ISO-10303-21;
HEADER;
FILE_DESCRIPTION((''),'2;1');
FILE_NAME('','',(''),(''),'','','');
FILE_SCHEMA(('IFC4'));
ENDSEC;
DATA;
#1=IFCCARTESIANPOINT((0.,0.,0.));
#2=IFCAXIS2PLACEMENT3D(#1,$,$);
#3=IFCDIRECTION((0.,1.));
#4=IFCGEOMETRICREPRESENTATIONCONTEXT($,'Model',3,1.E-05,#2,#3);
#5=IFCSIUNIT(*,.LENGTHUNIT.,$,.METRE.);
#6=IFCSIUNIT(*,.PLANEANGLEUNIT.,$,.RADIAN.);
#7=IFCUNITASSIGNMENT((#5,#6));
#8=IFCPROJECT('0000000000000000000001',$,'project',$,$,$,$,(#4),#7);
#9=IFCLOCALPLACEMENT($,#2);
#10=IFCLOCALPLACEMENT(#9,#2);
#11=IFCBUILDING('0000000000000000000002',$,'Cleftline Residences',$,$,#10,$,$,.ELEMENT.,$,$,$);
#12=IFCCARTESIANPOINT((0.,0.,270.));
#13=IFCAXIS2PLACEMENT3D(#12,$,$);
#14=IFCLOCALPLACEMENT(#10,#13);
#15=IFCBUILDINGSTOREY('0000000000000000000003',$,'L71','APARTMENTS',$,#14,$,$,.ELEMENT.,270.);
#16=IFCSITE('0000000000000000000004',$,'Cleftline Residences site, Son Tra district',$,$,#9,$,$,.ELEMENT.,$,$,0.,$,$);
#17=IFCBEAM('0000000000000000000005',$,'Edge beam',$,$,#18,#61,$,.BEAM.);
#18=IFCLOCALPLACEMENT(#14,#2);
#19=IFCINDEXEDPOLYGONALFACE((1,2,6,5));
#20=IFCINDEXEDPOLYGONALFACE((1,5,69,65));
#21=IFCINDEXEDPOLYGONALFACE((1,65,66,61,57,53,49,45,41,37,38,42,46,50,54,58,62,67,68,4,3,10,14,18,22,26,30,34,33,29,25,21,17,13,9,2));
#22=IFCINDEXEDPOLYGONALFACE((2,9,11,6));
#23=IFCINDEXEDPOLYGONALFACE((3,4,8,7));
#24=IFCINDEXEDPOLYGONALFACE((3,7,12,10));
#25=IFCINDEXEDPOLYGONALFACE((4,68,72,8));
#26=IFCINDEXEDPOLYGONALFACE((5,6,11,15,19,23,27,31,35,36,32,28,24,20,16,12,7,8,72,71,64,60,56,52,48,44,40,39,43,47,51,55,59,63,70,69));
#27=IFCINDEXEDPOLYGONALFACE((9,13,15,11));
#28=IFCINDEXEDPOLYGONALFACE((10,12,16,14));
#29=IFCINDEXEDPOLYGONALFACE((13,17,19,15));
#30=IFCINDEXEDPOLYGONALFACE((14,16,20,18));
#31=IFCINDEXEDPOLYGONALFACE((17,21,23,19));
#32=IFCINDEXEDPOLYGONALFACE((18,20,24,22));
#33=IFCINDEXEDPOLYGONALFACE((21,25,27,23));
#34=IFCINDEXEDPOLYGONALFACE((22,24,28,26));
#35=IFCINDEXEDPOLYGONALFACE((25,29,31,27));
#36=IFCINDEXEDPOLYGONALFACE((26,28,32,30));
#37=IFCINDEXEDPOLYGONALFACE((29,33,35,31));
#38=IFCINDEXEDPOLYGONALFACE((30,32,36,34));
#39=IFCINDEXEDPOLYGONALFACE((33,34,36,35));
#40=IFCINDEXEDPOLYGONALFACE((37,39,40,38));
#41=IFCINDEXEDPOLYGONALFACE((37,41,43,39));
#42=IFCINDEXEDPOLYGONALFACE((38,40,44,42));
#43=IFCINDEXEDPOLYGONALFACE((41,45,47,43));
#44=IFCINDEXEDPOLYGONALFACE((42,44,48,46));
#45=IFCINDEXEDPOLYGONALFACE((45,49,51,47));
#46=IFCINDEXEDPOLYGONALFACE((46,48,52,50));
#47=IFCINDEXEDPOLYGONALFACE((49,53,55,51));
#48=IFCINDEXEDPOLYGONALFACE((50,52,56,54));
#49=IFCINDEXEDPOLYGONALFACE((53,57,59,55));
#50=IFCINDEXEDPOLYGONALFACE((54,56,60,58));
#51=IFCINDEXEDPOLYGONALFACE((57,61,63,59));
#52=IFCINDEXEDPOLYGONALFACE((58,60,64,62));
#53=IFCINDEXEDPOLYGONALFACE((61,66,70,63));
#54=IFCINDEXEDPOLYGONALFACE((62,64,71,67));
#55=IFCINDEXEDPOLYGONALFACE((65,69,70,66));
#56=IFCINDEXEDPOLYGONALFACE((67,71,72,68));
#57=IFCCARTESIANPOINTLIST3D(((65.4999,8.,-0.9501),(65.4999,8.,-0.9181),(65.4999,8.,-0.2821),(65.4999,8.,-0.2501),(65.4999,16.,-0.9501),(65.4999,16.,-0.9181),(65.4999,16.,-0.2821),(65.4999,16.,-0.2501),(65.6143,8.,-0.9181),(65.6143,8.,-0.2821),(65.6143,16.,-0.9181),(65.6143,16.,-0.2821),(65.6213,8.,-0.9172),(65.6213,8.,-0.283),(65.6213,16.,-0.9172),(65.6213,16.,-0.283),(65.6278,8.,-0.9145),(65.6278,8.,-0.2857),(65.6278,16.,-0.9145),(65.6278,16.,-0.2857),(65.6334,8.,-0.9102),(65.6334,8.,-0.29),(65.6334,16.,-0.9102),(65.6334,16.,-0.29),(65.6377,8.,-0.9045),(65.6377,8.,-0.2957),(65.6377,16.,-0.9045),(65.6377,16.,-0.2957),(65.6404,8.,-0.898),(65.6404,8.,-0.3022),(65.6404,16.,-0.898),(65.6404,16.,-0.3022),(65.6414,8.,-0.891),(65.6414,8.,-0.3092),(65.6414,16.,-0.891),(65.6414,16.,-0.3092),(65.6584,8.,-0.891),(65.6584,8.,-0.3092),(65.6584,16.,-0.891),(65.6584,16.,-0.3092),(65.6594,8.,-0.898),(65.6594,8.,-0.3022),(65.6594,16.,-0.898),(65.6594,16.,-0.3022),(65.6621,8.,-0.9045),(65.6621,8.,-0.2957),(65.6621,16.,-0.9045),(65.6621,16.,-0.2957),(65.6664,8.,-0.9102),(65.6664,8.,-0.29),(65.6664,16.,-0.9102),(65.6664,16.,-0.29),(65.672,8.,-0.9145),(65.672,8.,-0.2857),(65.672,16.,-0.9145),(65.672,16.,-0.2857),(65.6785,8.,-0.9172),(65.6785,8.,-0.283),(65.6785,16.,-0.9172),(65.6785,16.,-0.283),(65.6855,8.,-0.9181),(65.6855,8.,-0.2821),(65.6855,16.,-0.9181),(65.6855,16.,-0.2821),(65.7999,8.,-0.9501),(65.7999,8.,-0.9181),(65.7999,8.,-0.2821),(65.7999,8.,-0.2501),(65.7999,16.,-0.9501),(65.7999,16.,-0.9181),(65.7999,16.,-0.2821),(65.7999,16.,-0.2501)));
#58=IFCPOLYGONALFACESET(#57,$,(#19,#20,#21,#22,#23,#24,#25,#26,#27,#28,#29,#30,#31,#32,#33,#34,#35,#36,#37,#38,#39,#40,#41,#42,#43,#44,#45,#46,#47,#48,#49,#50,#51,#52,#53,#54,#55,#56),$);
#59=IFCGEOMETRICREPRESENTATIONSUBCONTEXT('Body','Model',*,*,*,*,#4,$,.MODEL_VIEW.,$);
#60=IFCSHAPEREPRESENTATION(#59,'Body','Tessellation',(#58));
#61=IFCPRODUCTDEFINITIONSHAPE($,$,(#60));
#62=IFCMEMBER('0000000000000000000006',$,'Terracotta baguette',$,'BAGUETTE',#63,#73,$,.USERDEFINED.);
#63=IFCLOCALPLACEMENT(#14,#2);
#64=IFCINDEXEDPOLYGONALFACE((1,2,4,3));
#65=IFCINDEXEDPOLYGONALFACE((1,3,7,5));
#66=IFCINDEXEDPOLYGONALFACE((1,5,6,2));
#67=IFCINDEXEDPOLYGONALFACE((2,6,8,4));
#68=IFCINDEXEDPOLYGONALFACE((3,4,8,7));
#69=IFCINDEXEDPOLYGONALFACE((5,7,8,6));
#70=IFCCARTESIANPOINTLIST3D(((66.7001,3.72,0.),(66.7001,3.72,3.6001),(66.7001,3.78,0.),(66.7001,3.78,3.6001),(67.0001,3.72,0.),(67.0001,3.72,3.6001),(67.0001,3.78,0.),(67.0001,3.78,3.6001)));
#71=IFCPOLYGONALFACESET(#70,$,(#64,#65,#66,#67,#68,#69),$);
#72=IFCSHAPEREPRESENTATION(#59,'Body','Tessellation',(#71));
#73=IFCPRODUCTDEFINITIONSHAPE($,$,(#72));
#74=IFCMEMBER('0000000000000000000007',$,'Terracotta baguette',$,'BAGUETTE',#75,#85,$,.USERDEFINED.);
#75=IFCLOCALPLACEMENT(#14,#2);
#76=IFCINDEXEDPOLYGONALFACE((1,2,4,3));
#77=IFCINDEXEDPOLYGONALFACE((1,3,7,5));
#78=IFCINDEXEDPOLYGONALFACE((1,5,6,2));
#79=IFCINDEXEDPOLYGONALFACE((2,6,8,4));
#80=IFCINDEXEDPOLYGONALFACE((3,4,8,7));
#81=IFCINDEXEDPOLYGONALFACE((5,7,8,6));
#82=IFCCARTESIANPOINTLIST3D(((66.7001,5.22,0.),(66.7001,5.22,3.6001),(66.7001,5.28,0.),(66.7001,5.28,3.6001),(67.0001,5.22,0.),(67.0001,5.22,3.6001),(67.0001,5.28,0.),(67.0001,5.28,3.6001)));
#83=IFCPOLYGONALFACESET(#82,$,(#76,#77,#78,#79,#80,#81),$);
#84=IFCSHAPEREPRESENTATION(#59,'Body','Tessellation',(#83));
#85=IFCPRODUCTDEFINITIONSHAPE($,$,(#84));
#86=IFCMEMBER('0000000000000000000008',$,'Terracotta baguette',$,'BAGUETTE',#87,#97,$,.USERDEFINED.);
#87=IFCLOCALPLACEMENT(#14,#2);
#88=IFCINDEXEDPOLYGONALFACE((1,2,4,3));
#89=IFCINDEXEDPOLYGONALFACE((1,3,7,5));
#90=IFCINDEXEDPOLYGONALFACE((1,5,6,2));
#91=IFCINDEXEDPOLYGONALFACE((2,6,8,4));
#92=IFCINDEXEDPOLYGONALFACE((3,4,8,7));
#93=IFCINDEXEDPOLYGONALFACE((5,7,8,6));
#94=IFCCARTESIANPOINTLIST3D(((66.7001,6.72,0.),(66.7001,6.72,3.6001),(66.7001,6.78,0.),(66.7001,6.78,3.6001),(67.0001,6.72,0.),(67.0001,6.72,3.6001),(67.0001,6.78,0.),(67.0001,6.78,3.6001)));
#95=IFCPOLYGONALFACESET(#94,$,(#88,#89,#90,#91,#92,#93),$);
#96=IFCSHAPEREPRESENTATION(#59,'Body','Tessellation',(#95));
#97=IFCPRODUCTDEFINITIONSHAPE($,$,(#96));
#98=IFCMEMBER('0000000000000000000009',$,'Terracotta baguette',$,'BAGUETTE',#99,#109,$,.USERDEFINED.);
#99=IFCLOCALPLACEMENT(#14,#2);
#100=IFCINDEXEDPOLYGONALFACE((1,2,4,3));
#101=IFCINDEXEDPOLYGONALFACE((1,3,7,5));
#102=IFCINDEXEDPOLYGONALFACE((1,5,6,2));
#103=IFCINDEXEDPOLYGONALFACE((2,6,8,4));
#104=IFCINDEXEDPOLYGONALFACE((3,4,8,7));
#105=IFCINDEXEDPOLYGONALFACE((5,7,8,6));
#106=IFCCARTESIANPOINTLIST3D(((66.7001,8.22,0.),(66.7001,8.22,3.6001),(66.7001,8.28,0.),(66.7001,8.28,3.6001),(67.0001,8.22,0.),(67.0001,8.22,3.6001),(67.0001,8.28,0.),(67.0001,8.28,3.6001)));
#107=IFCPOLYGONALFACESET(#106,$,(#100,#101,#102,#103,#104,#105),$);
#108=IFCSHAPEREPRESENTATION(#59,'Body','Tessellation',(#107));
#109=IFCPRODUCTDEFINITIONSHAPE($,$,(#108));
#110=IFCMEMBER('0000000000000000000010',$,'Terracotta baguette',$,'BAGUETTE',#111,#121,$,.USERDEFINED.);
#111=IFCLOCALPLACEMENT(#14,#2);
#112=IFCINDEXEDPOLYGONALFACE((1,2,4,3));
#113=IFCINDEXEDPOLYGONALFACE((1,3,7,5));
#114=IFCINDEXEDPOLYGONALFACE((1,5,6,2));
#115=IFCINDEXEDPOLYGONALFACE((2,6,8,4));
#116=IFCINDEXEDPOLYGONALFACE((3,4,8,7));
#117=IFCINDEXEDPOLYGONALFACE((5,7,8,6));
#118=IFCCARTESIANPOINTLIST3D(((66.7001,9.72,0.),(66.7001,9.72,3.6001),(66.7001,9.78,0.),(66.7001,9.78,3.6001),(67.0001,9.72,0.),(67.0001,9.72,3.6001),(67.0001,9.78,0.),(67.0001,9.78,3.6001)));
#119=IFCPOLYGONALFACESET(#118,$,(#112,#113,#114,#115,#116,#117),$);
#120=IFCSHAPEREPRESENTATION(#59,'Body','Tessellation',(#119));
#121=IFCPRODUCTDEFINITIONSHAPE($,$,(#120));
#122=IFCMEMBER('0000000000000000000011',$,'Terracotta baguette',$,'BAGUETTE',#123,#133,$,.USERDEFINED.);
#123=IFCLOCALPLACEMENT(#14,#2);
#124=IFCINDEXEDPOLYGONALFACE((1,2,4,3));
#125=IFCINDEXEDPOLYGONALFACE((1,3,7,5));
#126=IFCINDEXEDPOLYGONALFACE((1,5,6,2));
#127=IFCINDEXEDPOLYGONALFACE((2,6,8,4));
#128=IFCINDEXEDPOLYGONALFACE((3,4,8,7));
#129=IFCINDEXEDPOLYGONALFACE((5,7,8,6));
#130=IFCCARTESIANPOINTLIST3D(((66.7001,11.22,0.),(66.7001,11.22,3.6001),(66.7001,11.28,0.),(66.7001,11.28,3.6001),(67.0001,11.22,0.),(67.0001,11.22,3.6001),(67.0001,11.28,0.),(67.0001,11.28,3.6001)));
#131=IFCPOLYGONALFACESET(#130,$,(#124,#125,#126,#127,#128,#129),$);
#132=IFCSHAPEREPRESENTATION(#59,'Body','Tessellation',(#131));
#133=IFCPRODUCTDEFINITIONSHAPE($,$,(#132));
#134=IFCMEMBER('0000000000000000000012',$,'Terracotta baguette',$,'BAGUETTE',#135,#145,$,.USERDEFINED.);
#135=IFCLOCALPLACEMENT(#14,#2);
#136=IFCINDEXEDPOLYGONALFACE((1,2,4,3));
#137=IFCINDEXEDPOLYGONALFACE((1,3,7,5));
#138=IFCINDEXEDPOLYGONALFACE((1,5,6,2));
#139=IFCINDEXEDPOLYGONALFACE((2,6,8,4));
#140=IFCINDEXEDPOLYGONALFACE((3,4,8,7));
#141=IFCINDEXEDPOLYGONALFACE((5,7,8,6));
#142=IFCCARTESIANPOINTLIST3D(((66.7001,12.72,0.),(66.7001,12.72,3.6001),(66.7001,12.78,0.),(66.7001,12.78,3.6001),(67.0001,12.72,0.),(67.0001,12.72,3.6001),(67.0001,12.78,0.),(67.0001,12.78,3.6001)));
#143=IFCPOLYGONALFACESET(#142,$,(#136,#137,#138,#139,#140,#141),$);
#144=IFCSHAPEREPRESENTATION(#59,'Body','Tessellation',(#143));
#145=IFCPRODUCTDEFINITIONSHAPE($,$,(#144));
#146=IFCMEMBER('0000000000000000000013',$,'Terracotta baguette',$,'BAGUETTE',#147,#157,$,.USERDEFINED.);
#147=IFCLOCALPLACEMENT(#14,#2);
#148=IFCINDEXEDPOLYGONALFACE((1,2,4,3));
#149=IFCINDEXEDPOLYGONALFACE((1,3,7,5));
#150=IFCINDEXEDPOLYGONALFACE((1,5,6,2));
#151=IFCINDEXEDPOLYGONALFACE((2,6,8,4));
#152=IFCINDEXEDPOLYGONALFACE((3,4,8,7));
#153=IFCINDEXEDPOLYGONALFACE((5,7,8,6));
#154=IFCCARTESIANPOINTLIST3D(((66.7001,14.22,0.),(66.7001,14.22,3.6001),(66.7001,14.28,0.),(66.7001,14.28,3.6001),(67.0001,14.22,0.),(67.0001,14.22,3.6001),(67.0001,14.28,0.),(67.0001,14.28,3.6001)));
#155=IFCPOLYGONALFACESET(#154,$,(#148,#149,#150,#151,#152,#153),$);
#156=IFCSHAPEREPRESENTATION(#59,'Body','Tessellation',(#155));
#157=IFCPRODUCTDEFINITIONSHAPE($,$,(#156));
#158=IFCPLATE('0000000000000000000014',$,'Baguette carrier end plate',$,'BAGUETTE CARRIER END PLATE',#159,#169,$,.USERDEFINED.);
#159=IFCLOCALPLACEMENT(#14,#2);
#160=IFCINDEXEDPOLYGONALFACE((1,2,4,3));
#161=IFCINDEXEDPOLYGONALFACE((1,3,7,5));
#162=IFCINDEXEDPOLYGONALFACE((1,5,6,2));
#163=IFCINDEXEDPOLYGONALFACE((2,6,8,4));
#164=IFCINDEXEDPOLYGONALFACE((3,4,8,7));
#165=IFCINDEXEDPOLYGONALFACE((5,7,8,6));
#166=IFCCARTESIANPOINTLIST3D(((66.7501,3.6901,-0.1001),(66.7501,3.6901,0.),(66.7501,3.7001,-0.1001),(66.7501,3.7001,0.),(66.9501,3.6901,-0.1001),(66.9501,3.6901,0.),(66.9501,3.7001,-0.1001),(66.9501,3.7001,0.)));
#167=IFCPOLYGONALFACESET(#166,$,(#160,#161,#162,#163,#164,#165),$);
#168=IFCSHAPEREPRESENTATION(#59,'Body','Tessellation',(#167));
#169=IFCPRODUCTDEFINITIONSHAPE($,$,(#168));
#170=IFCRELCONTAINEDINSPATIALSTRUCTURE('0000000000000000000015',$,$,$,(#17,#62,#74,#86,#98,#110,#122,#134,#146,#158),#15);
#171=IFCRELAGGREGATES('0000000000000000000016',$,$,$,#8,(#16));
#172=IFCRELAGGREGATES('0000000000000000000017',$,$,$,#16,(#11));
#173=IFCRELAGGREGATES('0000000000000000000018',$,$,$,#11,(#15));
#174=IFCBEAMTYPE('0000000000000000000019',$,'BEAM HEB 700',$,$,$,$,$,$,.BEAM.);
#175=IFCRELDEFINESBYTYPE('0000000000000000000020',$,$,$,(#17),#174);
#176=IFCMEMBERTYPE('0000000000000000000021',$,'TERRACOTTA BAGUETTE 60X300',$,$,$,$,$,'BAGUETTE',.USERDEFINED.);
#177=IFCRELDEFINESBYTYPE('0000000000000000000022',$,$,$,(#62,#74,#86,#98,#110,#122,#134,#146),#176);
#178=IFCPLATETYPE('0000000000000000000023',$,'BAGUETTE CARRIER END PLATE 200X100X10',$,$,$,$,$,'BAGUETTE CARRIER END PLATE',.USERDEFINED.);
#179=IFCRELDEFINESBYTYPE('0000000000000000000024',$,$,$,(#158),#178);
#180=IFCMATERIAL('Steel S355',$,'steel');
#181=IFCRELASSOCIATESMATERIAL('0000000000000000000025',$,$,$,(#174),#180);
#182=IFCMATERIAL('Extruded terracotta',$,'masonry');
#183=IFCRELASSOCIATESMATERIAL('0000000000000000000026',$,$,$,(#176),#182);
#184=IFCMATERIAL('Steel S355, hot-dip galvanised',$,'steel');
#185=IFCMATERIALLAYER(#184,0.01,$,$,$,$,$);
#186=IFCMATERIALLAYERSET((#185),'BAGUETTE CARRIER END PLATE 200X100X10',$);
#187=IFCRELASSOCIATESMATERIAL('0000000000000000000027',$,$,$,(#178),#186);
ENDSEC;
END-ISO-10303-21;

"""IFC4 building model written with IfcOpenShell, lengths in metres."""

from ifc_helpers import new_model, si_unit, direction, frame, origin, origin_2d, place, context, subcontext, project, spatial, rectangle, i_section, extrude, material, layer, layer_set, material_profile, profile_set, type_object, element, save


model = new_model("IFC4")

# Units and contexts
model_context = context("Model", 3, precision=1e-05, world=origin(), true_north=direction((0.0, 1.0)))
body_context = subcontext(model_context, "Body", "Model", "MODEL_VIEW")
ifc_project = project(units=[si_unit("LENGTHUNIT", "METRE"), si_unit("PLANEANGLEUNIT", "RADIAN")], contexts=[model_context])

# Site, building, storey
site_placement = place(None, origin())
site = spatial("IfcSite", under=ifc_project, at=site_placement, Name="Cleftline Residences site, Son Tra district", CompositionType="ELEMENT", RefElevation=0.0)
building_placement = place(site_placement, origin())
building = spatial("IfcBuilding", under=site, at=building_placement, Name="Cleftline Residences", CompositionType="ELEMENT")
storey_placement = place(building_placement, frame((0.0, 0.0, 270.0)))
storey = spatial("IfcBuildingStorey", under=building, at=storey_placement, Name="L71", Description="APARTMENTS", CompositionType="ELEMENT", Elevation=270.0)

# Beam
ifc_material_1 = material(Name="Steel S355", Category="steel")
ifc_material_profile_1 = material_profile(ifc_material_1, i_section(OverallWidth=0.3, OverallDepth=0.7, WebThickness=0.0171, FlangeThickness=0.032, FilletRadius=0.0271, at=origin_2d()))
ifc_profile_set_1 = profile_set([ifc_material_profile_1], Name="Steel S355")
beam_type = type_object("IfcBeamType", Name="BEAM HEB 700", PredefinedType="BEAM", material=ifc_profile_set_1)
beam_placement = place(storey_placement, frame((65.6499, 8.0, -0.6001), z_axis=(0.0, 1.0, 0.0), x_axis=(-1.0, 0.0, 0.0)))
element("IfcBeam", 1, at=beam_placement, inside=storey, type_object=beam_type, Name="Edge beam", PredefinedType="BEAM", context=body_context, shape_type="SweptSolid", body=[
    extrude(i_section(OverallWidth=0.3, OverallDepth=0.7, WebThickness=0.0171, FlangeThickness=0.032, FilletRadius=0.0271, at=origin_2d()), origin(), (0.0, 0.0, 1.0), 8.0),
])

# Members
ifc_material_2 = material(Name="Extruded terracotta", Category="masonry")
ifc_material_profile_2 = material_profile(ifc_material_2, rectangle(XDim=0.0601, YDim=0.3, at=origin_2d()))
ifc_profile_set_2 = profile_set([ifc_material_profile_2], Name="Extruded terracotta")
member_type_1 = type_object("IfcMemberType", Name="TERRACOTTA BAGUETTE 60X300", ElementType="BAGUETTE", PredefinedType="USERDEFINED", material=ifc_profile_set_2)
for number, where, z_axis, x_axis, name in (
    (2, (66.8501, 3.75, 0.0), (0.0, 0.0, 1.0), (0.0, 1.0, 0.0), "Terracotta baguette"),
    (3, (66.8501, 5.25, 0.0), (0.0, 0.0, 1.0), (0.0, 1.0, 0.0), "Terracotta baguette"),
    (4, (66.8501, 6.75, 0.0), (0.0, 0.0, 1.0), (0.0, 1.0, 0.0), "Terracotta baguette"),
    (5, (66.8501, 8.25, 0.0), (0.0, 0.0, 1.0), (0.0, 1.0, 0.0), "Terracotta baguette"),
    (6, (66.8501, 9.75, 0.0), (0.0, 0.0, 1.0), (0.0, 1.0, 0.0), "Terracotta baguette"),
    (7, (66.8501, 11.25, 0.0), (0.0, 0.0, 1.0), (0.0, 1.0, 0.0), "Terracotta baguette"),
    (8, (66.8501, 12.75, 0.0), (0.0, 0.0, 1.0), (0.0, 1.0, 0.0), "Terracotta baguette"),
    (9, (66.8501, 14.25, 0.0), (0.0, 0.0, 1.0), (0.0, 1.0, 0.0), "Terracotta baguette"),
):
    element("IfcMember", number, at=place(storey_placement, frame(where, z_axis=z_axis, x_axis=x_axis)), inside=storey, type_object=member_type_1, Name=name, ObjectType="BAGUETTE", PredefinedType="USERDEFINED", context=body_context, shape_type="SweptSolid", body=[
        extrude(rectangle(XDim=0.0601, YDim=0.3, at=origin_2d()), origin(), (0.0, 0.0, 1.0), 3.6001),
    ])

# Plate
ifc_material_3 = material(Name="Steel S355, hot-dip galvanised", Category="steel")
ifc_layer_1 = layer(ifc_material_3, 0.01)
ifc_layer_set_1 = layer_set([ifc_layer_1], Name="BAGUETTE CARRIER END PLATE 200X100X10")
plate_type = type_object("IfcPlateType", Name="BAGUETTE CARRIER END PLATE 200X100X10", ElementType="BAGUETTE CARRIER END PLATE", PredefinedType="USERDEFINED", material=ifc_layer_set_1)
plate_placement = place(storey_placement, frame((66.8501, 3.6951, -0.1001), z_axis=(0.0, 0.0, 1.0), x_axis=(1.0, 0.0, 0.0)))
element("IfcPlate", 10, at=plate_placement, inside=storey, type_object=plate_type, Name="Baguette carrier end plate", ObjectType="BAGUETTE CARRIER END PLATE", PredefinedType="USERDEFINED", context=body_context, shape_type="SweptSolid", body=[
    extrude(rectangle(XDim=0.2, YDim=0.01, at=origin_2d()), origin(), (0.0, 0.0, 1.0), 0.1001),
])

save(model, "model.ifc")
